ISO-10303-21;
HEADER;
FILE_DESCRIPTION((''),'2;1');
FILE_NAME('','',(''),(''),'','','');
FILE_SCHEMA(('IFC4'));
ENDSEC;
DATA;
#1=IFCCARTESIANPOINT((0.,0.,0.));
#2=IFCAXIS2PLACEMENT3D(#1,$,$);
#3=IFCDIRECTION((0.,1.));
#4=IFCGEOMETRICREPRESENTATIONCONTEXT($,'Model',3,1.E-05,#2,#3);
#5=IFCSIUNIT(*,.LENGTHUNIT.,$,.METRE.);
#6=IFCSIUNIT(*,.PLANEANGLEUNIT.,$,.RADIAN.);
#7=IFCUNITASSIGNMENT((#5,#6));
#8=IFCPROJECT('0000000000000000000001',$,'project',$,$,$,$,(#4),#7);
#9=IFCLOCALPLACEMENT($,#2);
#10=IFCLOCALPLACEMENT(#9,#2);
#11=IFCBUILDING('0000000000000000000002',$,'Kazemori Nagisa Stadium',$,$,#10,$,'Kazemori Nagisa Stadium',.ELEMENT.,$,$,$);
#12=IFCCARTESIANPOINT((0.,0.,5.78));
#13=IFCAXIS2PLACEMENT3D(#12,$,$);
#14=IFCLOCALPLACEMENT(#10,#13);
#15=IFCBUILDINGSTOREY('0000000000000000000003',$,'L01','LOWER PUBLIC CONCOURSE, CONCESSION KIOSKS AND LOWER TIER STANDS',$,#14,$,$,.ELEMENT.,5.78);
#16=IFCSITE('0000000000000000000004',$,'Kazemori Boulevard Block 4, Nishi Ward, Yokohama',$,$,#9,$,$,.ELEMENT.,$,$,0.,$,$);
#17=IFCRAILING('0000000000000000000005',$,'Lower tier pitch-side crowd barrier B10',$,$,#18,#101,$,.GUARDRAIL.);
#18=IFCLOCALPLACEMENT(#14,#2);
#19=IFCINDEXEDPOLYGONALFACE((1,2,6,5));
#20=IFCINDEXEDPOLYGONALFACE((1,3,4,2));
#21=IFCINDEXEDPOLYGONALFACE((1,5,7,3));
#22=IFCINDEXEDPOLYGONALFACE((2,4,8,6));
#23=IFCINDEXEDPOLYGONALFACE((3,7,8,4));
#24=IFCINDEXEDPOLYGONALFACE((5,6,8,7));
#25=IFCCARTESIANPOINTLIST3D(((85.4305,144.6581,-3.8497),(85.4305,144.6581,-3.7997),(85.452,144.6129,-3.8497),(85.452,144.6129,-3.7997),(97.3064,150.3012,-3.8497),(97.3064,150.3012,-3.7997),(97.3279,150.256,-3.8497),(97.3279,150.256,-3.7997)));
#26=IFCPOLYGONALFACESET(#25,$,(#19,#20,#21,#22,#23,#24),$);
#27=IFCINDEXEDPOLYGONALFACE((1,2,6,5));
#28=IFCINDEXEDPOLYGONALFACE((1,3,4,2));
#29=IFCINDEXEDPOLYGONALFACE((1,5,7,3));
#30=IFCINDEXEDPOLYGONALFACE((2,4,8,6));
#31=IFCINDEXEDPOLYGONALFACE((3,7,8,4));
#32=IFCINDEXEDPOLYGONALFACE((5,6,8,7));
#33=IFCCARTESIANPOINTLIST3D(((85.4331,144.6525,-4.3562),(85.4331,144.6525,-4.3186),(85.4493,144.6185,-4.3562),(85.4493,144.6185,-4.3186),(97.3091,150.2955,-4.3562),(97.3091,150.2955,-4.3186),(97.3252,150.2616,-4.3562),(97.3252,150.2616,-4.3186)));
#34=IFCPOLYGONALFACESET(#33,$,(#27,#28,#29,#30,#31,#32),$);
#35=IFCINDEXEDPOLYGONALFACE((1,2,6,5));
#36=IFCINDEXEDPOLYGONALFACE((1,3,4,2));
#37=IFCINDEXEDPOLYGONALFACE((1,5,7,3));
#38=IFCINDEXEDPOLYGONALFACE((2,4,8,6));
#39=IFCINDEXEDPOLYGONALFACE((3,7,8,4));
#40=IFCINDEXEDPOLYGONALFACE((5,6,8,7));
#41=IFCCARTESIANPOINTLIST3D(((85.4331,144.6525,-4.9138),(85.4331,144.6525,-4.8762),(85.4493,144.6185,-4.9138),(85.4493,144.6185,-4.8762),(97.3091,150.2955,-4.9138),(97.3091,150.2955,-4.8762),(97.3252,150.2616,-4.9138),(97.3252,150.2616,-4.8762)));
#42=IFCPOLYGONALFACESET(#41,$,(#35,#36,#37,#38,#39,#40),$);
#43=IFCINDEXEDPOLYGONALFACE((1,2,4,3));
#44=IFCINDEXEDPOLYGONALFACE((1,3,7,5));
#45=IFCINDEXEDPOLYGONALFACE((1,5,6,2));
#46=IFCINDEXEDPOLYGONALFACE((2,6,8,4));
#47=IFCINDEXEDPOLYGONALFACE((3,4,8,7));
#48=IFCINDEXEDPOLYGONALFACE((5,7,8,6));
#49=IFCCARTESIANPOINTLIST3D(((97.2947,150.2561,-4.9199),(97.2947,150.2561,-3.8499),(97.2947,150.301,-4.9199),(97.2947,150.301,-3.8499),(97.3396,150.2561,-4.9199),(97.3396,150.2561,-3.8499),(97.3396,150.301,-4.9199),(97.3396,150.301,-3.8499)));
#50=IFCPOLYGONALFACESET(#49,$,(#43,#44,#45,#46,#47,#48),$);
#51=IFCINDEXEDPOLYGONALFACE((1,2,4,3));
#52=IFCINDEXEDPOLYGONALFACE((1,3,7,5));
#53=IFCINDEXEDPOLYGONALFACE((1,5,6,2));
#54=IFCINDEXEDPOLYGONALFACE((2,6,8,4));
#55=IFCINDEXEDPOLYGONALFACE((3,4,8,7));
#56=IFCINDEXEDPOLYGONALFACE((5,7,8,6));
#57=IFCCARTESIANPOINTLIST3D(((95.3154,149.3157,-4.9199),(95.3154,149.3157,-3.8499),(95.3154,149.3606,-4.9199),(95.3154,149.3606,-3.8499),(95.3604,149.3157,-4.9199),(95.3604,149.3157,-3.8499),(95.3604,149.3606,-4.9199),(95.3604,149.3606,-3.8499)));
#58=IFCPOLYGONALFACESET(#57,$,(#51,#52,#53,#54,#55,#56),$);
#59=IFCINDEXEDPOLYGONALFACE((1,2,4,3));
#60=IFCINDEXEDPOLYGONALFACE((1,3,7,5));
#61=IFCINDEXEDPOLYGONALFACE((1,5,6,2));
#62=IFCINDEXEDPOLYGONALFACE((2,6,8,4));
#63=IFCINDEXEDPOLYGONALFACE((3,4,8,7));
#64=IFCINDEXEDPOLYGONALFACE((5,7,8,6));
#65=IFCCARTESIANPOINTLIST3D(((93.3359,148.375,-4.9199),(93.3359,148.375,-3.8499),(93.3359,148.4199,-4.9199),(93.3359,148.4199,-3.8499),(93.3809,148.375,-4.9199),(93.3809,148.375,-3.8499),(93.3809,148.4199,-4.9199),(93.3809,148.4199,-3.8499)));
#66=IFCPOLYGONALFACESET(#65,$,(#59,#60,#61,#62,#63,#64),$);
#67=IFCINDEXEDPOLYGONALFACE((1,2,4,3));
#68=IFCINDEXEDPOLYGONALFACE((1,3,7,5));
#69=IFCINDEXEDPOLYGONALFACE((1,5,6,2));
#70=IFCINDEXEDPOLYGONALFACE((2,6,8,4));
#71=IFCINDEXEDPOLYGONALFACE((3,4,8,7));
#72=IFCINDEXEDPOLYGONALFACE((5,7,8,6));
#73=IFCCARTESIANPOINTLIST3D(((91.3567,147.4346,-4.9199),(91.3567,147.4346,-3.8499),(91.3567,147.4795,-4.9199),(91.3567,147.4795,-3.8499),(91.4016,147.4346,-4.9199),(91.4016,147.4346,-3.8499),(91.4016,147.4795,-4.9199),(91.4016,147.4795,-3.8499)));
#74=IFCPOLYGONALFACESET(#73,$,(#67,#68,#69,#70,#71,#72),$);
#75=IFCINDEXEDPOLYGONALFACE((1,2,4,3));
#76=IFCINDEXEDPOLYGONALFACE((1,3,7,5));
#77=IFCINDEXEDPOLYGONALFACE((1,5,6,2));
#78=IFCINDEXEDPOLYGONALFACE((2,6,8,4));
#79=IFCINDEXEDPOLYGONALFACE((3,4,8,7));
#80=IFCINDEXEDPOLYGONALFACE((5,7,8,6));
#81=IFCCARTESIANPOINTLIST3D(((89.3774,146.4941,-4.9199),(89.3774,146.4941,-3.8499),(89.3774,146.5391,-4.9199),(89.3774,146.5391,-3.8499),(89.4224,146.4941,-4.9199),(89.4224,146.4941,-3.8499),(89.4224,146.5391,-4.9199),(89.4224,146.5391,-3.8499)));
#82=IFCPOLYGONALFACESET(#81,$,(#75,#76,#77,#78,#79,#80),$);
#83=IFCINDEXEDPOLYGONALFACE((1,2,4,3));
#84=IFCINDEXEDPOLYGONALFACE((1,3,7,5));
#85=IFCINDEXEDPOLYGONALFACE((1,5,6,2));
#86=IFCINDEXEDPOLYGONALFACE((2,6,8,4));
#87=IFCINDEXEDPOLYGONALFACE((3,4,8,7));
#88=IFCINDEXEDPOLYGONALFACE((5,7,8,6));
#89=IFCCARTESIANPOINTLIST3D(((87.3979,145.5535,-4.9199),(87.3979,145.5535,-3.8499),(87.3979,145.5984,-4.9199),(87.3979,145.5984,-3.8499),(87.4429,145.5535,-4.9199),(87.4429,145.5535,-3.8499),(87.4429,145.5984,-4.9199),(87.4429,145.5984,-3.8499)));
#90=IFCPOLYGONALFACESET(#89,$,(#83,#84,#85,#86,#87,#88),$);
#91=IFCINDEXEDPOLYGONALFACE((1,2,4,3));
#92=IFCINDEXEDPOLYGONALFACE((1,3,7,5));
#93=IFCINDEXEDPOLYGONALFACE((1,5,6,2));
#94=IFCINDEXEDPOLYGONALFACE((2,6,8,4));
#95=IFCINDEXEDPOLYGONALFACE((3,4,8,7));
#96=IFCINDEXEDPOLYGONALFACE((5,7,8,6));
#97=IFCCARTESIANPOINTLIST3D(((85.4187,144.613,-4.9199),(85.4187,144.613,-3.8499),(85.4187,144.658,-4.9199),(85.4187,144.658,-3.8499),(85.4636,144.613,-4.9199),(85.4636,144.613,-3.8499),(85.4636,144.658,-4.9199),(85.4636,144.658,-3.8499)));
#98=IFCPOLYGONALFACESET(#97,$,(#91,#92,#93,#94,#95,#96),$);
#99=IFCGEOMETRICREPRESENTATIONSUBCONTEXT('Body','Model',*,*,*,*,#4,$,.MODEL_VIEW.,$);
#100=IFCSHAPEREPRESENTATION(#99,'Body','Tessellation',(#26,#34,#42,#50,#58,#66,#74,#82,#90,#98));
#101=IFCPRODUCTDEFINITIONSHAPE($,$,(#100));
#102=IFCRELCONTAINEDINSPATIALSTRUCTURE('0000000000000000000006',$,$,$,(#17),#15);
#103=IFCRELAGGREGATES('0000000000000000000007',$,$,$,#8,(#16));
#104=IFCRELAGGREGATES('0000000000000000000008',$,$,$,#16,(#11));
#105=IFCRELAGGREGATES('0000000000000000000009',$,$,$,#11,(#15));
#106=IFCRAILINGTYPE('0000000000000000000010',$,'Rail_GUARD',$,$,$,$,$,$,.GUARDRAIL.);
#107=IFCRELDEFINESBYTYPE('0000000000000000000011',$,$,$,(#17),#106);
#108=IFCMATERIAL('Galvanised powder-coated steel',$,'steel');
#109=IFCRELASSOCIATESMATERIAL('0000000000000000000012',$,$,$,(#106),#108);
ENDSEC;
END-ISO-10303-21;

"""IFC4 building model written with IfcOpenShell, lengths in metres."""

from ifc_helpers import new_model, si_unit, direction, frame, origin, origin_2d, place, context, subcontext, project, spatial, rectangle, extrude, material, type_object, element, save


model = new_model("IFC4")

# Units and contexts
model_context = context("Model", 3, precision=1e-05, world=origin(), true_north=direction((0.0, 1.0)))
body_context = subcontext(model_context, "Body", "Model", "MODEL_VIEW")
ifc_project = project(units=[si_unit("LENGTHUNIT", "METRE"), si_unit("PLANEANGLEUNIT", "RADIAN")], contexts=[model_context])

# Site, building, storey
site_placement = place(None, origin())
site = spatial("IfcSite", under=ifc_project, at=site_placement, Name="Kazemori Boulevard Block 4, Nishi Ward, Yokohama", CompositionType="ELEMENT", RefElevation=0.0)
building_placement = place(site_placement, origin())
building = spatial("IfcBuilding", under=site, at=building_placement, Name="Kazemori Nagisa Stadium", LongName="Kazemori Nagisa Stadium", CompositionType="ELEMENT")
storey_placement = place(building_placement, frame((0.0, 0.0, 5.78)))
storey = spatial("IfcBuildingStorey", under=building, at=storey_placement, Name="L01", Description="LOWER PUBLIC CONCOURSE, CONCESSION KIOSKS AND LOWER TIER STANDS", CompositionType="ELEMENT", Elevation=5.78)

# Railing
ifc_material_1 = material(Name="Galvanised powder-coated steel", Category="steel")
railing_type_1 = type_object("IfcRailingType", Name="Rail_GUARD", PredefinedType="GUARDRAIL", material=ifc_material_1)
railing_1_placement = place(storey_placement, frame((97.3171, 150.2786, -4.9199)))
element("IfcRailing", 1, at=railing_1_placement, inside=storey, type_object=railing_type_1, Name="Lower tier pitch-side crowd barrier B10", PredefinedType="GUARDRAIL", context=body_context, shape_type="SweptSolid", body=[
    extrude(rectangle(XDim=0.05, YDim=0.05, at=origin_2d()), frame((0.0, 0.0, 1.0952), z_axis=(-0.903219, -0.42918, 0.0), x_axis=(0.42918, -0.903219, 0.0)), (0.0, 0.0, 1.0), 13.1484),
    extrude(rectangle(XDim=0.0376, YDim=0.0376, at=origin_2d()), frame((0.0, 0.0, 0.5825), z_axis=(-0.903219, -0.42918, 0.0), x_axis=(0.42918, -0.903219, 0.0)), (0.0, 0.0, 1.0), 13.1484),
    extrude(rectangle(XDim=0.0376, YDim=0.0376, at=origin_2d()), frame((0.0, 0.0, 0.0249), z_axis=(-0.903219, -0.42918, 0.0), x_axis=(0.42918, -0.903219, 0.0)), (0.0, 0.0, 1.0), 13.1484),
    extrude(rectangle(XDim=0.0449, YDim=0.0449, at=origin_2d()), origin(), (0.0, 0.0, 1.0), 1.0701),
    extrude(rectangle(XDim=0.0449, YDim=0.0449, at=origin_2d()), frame((-1.9792, -0.9404, 0.0)), (0.0, 0.0, 1.0), 1.0701),
    extrude(rectangle(XDim=0.0449, YDim=0.0449, at=origin_2d()), frame((-3.9587, -1.8811, 0.0)), (0.0, 0.0, 1.0), 1.0701),
    extrude(rectangle(XDim=0.0449, YDim=0.0449, at=origin_2d()), frame((-5.938, -2.8215, 0.0)), (0.0, 0.0, 1.0), 1.0701),
    extrude(rectangle(XDim=0.0449, YDim=0.0449, at=origin_2d()), frame((-7.9172, -3.762, 0.0)), (0.0, 0.0, 1.0), 1.0701),
    extrude(rectangle(XDim=0.0449, YDim=0.0449, at=origin_2d()), frame((-9.8967, -4.7026, 0.0)), (0.0, 0.0, 1.0), 1.0701),
    extrude(rectangle(XDim=0.0449, YDim=0.0449, at=origin_2d()), frame((-11.876, -5.6431, 0.0)), (0.0, 0.0, 1.0), 1.0701),
])

save(model, "model.ifc")
